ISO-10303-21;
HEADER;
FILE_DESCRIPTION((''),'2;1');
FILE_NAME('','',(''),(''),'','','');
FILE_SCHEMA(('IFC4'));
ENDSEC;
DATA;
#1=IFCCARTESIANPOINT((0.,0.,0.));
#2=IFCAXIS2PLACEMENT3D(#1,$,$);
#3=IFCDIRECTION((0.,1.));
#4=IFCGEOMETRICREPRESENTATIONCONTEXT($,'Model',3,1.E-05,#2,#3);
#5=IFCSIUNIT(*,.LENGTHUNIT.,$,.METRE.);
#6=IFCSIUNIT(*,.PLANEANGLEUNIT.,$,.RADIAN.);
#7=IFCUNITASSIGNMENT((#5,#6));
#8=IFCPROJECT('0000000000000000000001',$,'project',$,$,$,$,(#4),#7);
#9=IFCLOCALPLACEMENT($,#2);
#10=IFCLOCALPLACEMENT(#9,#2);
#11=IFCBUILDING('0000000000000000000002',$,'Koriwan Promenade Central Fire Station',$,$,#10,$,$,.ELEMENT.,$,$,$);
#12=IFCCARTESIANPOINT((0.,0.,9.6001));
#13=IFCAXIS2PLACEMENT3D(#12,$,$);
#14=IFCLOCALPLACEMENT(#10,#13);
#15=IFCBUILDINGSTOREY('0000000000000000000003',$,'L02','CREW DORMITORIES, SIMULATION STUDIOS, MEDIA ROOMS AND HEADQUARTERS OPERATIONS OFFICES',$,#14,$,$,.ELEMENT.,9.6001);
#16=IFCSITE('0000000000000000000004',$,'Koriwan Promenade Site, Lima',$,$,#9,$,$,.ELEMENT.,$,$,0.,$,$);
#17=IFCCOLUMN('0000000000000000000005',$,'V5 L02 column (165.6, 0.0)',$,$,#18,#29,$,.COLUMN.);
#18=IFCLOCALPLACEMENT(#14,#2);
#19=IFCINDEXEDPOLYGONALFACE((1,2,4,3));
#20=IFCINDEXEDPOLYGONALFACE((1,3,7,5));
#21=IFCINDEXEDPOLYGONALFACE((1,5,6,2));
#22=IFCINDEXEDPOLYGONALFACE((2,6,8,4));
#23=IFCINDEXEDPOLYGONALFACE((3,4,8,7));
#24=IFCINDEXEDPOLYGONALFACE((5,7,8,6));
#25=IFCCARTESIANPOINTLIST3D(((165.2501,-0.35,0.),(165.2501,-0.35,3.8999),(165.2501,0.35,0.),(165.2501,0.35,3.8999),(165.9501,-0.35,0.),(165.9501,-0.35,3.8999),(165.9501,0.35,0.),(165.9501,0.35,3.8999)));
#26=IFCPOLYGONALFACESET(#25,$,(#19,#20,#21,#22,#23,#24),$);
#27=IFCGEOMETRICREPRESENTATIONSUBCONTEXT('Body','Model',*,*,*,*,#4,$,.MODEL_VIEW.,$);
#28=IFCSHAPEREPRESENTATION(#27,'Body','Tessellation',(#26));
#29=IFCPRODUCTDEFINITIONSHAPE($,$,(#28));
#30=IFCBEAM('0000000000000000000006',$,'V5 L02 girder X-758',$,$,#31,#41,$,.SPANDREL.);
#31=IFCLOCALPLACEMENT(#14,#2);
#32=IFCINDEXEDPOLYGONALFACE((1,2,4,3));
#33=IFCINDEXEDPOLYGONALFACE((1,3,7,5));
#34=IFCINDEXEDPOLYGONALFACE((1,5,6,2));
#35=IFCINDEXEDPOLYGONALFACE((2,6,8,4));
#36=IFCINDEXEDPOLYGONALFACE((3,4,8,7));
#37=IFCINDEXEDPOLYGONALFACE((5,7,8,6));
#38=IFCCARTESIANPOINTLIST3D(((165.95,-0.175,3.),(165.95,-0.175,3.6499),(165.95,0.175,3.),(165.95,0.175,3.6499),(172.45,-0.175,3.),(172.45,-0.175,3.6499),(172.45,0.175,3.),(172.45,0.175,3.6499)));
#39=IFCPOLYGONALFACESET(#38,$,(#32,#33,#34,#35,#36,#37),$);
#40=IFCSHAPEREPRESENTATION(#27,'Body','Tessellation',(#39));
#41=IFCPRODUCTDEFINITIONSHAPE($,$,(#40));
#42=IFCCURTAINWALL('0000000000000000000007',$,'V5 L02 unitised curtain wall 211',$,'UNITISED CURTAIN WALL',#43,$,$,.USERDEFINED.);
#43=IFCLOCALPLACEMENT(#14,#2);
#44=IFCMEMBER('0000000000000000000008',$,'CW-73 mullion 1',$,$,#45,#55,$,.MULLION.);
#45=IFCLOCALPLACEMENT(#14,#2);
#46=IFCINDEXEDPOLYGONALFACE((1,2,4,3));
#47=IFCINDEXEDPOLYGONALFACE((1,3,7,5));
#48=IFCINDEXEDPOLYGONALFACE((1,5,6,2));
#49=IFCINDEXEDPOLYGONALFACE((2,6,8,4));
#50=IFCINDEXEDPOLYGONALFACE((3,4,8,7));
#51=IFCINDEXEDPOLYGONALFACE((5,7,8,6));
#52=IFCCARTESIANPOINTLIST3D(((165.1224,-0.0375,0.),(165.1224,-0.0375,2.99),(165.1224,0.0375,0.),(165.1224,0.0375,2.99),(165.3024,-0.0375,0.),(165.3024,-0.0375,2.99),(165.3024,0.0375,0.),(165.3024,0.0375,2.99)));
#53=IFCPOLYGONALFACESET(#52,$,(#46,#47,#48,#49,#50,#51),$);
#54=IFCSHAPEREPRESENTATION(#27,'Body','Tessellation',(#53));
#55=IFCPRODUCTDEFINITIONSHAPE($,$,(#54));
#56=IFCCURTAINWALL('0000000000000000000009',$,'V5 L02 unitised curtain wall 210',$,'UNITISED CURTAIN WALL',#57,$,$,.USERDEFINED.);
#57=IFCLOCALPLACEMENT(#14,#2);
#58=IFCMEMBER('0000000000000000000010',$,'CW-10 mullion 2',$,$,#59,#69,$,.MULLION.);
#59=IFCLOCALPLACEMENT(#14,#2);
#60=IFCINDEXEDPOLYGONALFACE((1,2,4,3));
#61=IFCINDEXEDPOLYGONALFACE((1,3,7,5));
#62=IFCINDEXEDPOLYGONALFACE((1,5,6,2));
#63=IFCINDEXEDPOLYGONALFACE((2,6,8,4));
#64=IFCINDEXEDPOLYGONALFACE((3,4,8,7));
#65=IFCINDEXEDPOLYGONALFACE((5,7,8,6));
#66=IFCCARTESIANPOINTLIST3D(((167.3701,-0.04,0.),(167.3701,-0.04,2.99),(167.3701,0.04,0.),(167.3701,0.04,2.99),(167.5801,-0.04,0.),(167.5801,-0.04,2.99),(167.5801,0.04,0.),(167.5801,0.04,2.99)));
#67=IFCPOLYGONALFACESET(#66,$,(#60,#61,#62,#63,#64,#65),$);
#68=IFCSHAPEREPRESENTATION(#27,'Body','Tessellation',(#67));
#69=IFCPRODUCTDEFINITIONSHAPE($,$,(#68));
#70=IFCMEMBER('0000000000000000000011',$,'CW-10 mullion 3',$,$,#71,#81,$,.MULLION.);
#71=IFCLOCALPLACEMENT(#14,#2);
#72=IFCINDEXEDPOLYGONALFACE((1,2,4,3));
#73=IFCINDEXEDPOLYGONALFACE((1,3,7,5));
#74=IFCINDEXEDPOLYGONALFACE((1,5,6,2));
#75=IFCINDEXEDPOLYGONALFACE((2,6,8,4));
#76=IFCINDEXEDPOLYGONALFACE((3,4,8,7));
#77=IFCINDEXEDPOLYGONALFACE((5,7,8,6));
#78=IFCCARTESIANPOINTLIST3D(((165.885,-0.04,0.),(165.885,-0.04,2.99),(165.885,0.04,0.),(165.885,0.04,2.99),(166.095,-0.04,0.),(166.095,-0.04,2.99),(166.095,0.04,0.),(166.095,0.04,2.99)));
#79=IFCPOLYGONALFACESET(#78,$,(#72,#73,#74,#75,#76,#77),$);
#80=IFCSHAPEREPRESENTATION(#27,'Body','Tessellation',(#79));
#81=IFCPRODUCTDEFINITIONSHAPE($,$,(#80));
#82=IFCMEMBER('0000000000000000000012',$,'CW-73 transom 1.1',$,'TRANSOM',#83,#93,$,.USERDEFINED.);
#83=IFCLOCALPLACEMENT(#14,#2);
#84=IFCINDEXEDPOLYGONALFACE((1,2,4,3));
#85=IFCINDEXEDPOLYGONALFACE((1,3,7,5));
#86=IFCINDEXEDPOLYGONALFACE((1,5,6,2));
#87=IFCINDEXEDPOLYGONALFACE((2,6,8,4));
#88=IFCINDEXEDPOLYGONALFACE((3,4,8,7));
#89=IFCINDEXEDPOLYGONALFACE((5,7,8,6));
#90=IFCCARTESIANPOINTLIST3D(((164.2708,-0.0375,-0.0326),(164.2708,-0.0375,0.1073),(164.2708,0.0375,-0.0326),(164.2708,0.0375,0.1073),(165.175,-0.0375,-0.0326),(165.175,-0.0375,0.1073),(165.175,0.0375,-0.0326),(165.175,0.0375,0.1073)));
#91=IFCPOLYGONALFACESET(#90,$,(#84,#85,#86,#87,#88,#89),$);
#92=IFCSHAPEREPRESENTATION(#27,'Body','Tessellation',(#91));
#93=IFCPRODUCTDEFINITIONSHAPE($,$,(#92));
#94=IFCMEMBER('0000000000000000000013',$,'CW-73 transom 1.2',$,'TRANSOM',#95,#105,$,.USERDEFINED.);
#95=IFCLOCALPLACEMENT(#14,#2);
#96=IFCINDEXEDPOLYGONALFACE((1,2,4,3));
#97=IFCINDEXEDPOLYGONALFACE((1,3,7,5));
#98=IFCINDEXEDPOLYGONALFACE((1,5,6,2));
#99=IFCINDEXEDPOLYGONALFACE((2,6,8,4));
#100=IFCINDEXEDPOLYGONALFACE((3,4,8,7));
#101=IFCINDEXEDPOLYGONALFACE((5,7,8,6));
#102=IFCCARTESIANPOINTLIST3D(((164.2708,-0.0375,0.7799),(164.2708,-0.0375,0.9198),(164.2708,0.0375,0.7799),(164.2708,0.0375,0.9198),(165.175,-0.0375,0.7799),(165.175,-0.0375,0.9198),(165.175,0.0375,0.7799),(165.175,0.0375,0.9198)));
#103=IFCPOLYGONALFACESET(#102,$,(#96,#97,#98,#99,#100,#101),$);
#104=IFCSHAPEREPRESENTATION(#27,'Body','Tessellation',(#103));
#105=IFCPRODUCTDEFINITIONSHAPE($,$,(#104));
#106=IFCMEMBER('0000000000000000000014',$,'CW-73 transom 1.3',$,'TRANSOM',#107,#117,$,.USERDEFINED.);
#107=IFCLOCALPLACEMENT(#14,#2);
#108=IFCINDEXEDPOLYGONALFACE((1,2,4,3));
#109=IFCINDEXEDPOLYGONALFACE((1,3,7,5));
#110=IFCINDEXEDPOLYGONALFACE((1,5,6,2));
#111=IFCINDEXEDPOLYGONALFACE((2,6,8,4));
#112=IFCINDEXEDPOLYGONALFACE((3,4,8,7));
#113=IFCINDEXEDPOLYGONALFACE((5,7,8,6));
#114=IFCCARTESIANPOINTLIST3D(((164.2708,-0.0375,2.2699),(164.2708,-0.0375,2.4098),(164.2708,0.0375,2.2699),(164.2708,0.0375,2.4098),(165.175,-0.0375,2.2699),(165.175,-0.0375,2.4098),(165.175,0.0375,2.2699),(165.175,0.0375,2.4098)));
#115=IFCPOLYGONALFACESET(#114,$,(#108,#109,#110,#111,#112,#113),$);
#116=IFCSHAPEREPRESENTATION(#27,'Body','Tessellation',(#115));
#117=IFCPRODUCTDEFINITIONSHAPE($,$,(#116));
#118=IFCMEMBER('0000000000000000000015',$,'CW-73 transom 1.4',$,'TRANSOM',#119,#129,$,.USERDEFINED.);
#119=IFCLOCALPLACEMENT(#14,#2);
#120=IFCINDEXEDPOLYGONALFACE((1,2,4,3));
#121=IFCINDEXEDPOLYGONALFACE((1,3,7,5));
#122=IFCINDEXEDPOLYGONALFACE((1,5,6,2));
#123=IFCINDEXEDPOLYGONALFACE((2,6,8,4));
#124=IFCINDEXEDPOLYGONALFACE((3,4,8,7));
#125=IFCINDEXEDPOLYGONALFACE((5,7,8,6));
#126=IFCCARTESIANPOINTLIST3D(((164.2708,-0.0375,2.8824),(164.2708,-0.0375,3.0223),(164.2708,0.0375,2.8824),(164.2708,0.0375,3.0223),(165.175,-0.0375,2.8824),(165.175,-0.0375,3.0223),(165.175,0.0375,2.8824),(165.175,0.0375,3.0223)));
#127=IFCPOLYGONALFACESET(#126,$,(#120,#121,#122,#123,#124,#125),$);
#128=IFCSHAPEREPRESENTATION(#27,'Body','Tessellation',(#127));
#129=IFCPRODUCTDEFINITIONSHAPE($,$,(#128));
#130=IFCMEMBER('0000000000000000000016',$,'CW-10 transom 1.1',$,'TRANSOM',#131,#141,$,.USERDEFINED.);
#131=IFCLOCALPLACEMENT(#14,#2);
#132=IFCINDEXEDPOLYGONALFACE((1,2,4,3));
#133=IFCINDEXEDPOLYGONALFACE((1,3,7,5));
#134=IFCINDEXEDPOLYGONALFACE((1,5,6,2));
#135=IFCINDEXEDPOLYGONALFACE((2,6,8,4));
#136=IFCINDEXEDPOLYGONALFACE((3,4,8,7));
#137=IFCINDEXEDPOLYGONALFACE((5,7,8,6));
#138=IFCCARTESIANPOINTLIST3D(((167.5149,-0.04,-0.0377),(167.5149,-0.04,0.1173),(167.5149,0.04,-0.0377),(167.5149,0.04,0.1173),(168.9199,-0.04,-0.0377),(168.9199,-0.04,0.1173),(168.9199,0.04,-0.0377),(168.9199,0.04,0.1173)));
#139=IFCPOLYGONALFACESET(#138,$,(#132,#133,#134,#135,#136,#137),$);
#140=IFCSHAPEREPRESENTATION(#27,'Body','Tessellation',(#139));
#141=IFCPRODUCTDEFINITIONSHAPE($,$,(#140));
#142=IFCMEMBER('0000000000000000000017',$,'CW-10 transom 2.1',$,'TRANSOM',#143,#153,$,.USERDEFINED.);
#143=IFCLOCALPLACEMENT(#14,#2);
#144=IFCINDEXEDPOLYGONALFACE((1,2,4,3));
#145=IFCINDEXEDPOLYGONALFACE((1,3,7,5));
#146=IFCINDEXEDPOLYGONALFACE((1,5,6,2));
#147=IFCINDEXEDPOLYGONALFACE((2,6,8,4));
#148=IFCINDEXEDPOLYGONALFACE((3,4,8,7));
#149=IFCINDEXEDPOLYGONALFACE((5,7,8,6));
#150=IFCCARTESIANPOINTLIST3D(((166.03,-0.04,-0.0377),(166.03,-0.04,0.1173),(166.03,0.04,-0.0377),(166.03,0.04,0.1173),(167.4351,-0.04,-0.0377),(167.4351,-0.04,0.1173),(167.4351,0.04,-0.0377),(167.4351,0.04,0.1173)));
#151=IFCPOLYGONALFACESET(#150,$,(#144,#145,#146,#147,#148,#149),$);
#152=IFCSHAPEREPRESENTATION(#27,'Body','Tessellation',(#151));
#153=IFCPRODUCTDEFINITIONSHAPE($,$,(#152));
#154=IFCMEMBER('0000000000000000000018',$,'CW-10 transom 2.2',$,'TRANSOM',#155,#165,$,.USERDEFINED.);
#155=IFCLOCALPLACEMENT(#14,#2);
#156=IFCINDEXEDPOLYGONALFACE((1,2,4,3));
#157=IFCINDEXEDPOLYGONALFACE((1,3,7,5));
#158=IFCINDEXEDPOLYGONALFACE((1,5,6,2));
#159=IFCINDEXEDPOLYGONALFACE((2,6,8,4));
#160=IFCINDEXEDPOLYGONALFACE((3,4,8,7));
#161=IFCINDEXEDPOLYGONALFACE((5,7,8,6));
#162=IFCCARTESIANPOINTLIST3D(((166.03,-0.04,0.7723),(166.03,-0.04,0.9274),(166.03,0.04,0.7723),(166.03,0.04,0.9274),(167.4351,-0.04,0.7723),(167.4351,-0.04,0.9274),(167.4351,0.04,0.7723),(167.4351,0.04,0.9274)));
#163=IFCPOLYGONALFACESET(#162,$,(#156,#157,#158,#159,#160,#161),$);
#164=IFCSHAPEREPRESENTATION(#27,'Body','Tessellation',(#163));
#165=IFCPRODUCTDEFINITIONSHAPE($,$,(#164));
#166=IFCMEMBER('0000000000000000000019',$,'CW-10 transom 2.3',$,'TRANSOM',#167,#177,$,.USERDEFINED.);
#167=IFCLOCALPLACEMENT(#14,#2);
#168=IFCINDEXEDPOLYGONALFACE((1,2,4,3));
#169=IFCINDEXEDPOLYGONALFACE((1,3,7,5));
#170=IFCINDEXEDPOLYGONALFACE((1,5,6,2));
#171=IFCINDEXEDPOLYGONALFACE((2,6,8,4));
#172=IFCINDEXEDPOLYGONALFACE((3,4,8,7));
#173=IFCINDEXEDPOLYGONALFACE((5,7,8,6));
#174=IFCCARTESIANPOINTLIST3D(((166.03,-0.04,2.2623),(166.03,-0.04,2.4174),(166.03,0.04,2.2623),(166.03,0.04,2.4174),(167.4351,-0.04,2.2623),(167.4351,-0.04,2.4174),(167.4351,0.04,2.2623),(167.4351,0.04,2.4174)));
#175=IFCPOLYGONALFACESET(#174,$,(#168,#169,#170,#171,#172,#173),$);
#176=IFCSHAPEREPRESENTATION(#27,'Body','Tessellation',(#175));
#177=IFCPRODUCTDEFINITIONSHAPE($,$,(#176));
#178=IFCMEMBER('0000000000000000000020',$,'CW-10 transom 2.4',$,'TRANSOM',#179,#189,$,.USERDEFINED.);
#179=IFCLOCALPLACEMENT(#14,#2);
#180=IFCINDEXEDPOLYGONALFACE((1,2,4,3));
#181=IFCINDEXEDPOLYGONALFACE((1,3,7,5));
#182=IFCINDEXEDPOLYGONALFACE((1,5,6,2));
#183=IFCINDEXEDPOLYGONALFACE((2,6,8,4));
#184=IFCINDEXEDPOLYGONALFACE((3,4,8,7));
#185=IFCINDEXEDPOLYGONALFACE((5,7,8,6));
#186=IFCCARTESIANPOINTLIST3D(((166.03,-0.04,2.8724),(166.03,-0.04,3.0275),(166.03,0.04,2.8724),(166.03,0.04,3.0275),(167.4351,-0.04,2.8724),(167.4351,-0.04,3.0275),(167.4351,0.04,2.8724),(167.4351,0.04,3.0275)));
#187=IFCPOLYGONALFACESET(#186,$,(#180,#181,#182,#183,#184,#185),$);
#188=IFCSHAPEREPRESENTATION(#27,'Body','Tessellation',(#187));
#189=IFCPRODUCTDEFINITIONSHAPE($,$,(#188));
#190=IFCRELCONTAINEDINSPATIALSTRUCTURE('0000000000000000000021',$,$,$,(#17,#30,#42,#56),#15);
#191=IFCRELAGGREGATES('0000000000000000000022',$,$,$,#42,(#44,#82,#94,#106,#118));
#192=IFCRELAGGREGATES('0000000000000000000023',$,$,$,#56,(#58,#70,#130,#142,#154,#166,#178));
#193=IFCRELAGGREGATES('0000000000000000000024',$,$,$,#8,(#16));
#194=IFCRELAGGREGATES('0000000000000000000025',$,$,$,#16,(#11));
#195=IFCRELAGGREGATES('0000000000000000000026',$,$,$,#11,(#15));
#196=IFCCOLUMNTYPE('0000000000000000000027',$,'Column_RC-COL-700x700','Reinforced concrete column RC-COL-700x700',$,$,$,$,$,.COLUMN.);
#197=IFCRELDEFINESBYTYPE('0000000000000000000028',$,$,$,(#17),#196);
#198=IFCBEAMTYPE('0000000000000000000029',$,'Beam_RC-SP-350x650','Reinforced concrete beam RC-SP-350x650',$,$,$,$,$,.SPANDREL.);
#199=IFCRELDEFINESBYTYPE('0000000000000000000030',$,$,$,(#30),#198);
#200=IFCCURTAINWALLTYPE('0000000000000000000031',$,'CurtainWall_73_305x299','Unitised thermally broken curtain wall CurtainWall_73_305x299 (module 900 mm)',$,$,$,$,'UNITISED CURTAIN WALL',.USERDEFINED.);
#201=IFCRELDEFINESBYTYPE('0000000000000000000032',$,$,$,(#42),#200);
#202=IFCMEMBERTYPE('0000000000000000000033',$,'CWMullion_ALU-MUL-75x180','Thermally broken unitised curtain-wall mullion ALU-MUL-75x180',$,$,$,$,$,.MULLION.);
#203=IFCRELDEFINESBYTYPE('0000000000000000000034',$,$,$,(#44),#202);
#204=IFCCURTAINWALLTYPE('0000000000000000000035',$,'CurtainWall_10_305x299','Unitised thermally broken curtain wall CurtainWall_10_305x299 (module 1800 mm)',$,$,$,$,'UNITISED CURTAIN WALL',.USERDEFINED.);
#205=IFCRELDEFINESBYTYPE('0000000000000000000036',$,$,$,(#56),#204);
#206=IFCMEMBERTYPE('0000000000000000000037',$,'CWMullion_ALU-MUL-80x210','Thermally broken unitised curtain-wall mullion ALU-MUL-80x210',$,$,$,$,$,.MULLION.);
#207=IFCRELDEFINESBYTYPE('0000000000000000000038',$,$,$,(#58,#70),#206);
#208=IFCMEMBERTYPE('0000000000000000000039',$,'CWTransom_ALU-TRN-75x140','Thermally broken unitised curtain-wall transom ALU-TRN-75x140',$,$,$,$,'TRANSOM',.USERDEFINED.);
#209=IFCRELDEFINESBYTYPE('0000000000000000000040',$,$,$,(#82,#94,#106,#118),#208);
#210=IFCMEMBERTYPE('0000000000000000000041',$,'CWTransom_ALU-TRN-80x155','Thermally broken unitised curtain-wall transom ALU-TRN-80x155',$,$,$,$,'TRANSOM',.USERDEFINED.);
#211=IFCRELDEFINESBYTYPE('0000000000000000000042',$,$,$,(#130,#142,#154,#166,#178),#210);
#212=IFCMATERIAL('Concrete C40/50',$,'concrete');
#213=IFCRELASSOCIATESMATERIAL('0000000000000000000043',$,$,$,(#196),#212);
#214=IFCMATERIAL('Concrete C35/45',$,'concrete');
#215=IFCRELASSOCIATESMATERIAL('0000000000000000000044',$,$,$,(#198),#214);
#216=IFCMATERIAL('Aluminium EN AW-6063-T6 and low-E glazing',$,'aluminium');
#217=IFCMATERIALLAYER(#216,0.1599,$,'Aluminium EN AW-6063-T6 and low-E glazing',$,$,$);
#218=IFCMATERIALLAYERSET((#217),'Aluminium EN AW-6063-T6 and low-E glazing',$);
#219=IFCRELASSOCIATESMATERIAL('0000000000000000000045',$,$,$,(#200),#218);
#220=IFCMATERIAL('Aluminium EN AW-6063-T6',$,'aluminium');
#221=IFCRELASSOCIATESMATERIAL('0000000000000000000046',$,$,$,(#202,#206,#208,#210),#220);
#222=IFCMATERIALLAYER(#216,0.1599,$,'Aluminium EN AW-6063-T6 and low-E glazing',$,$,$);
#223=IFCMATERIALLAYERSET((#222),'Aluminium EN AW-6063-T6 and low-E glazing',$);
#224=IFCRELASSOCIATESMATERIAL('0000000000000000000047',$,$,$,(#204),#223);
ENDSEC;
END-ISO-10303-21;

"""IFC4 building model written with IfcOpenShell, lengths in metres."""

from ifc_helpers import new_model, si_unit, direction, frame, origin, origin_2d, place, context, subcontext, project, spatial, rectangle, extrude, material, layer, layer_set, material_profile, profile_set, type_object, element, aggregate, save


model = new_model("IFC4")

# Units and contexts
model_context = context("Model", 3, precision=1e-05, world=origin(), true_north=direction((0.0, 1.0)))
body_context = subcontext(model_context, "Body", "Model", "MODEL_VIEW")
ifc_project = project(units=[si_unit("LENGTHUNIT", "METRE"), si_unit("PLANEANGLEUNIT", "RADIAN")], contexts=[model_context])

# Site, building, storey
site_placement = place(None, origin())
site = spatial("IfcSite", under=ifc_project, at=site_placement, Name="Koriwan Promenade Site, Lima", CompositionType="ELEMENT", RefElevation=0.0)
building_placement = place(site_placement, origin())
building = spatial("IfcBuilding", under=site, at=building_placement, Name="Koriwan Promenade Central Fire Station", CompositionType="ELEMENT")
storey_placement = place(building_placement, frame((0.0, 0.0, 9.6001)))
storey = spatial("IfcBuildingStorey", under=building, at=storey_placement, Name="L02", Description="CREW DORMITORIES, SIMULATION STUDIOS, MEDIA ROOMS AND HEADQUARTERS OPERATIONS OFFICES", CompositionType="ELEMENT", Elevation=9.6001)

# Column
ifc_material_1 = material(Name="Concrete C40/50", Category="concrete")
ifc_material_profile_1 = material_profile(ifc_material_1, rectangle(XDim=0.7, YDim=0.7, at=origin_2d()), Name="RC-COL-700x700")
ifc_profile_set_1 = profile_set([ifc_material_profile_1], Name="Concrete C40/50")
column_type = type_object("IfcColumnType", Name="Column_RC-COL-700x700", Description="Reinforced concrete column RC-COL-700x700", PredefinedType="COLUMN", material=ifc_profile_set_1)
column_placement = place(storey_placement, frame((165.6001, 0.0, 0.0), z_axis=(0.0, 0.0, 1.0), x_axis=(1.0, 0.0, 0.0)))
element("IfcColumn", 1, at=column_placement, inside=storey, type_object=column_type, Name="V5 L02 column (165.6, 0.0)", PredefinedType="COLUMN", context=body_context, shape_type="SweptSolid", body=[
    extrude(rectangle(XDim=0.7, YDim=0.7, at=origin_2d()), origin(), (0.0, 0.0, 1.0), 3.8999),
])

# Beam
ifc_material_2 = material(Name="Concrete C35/45", Category="concrete")
ifc_material_profile_2 = material_profile(ifc_material_2, rectangle(XDim=0.3501, YDim=0.6499, at=origin_2d()), Name="RC-SP-350x650")
ifc_profile_set_2 = profile_set([ifc_material_profile_2], Name="Concrete C35/45")
beam_type = type_object("IfcBeamType", Name="Beam_RC-SP-350x650", Description="Reinforced concrete beam RC-SP-350x650", PredefinedType="SPANDREL", material=ifc_profile_set_2)
beam_placement = place(storey_placement, frame((165.95, 0.0, 3.325), z_axis=(1.0, 0.0, 0.0), x_axis=(0.0, 1.0, 0.0)))
element("IfcBeam", 2, at=beam_placement, inside=storey, type_object=beam_type, Name="V5 L02 girder X-758", PredefinedType="SPANDREL", context=body_context, shape_type="SweptSolid", body=[
    extrude(rectangle(XDim=0.3501, YDim=0.6499, at=origin_2d()), origin(), (0.0, 0.0, 1.0), 6.5),
])

# Curtain wall, member
ifc_material_3 = material(Name="Aluminium EN AW-6063-T6 and low-E glazing", Category="aluminium")
ifc_layer_1 = layer(ifc_material_3, 0.1599, Name="Aluminium EN AW-6063-T6 and low-E glazing")
ifc_layer_set_1 = layer_set([ifc_layer_1], Name="Aluminium EN AW-6063-T6 and low-E glazing")
curtain_wall_type_1 = type_object("IfcCurtainWallType", Name="CurtainWall_73_305x299", Description="Unitised thermally broken curtain wall CurtainWall_73_305x299 (module 900 mm)", ElementType="UNITISED CURTAIN WALL", PredefinedType="USERDEFINED", material=ifc_layer_set_1)
curtain_wall_1_placement = place(storey_placement, origin())
curtain_wall_1 = element("IfcCurtainWall", 3, at=curtain_wall_1_placement, inside=storey, type_object=curtain_wall_type_1, Name="V5 L02 unitised curtain wall 211", ObjectType="UNITISED CURTAIN WALL", PredefinedType="USERDEFINED")
ifc_material_4 = material(Name="Aluminium EN AW-6063-T6", Category="aluminium")
ifc_material_profile_3 = material_profile(ifc_material_4, rectangle(XDim=0.075, YDim=0.1799, at=origin_2d()), Name="ALU-MUL-75x180")
ifc_profile_set_3 = profile_set([ifc_material_profile_3], Name="Aluminium EN AW-6063-T6")
member_type_1 = type_object("IfcMemberType", Name="CWMullion_ALU-MUL-75x180", Description="Thermally broken unitised curtain-wall mullion ALU-MUL-75x180", PredefinedType="MULLION", material=ifc_profile_set_3)
member_1_placement = place(storey_placement, frame((165.2124, 0.0, 0.0), z_axis=(0.0, 0.0, 1.0), x_axis=(0.0, -1.0, 0.0)))
member_1 = element("IfcMember", 4, at=member_1_placement, type_object=member_type_1, Name="CW-73 mullion 1", PredefinedType="MULLION", context=body_context, shape_type="SweptSolid", body=[
    extrude(rectangle(XDim=0.075, YDim=0.1799, at=origin_2d()), origin(), (0.0, 0.0, 1.0), 2.99),
])

# Curtain wall, members
ifc_layer_2 = layer(ifc_material_3, 0.1599, Name="Aluminium EN AW-6063-T6 and low-E glazing")
ifc_layer_set_2 = layer_set([ifc_layer_2], Name="Aluminium EN AW-6063-T6 and low-E glazing")
curtain_wall_type_2 = type_object("IfcCurtainWallType", Name="CurtainWall_10_305x299", Description="Unitised thermally broken curtain wall CurtainWall_10_305x299 (module 1800 mm)", ElementType="UNITISED CURTAIN WALL", PredefinedType="USERDEFINED", material=ifc_layer_set_2)
curtain_wall_2_placement = place(storey_placement, origin())
curtain_wall_2 = element("IfcCurtainWall", 5, at=curtain_wall_2_placement, inside=storey, type_object=curtain_wall_type_2, Name="V5 L02 unitised curtain wall 210", ObjectType="UNITISED CURTAIN WALL", PredefinedType="USERDEFINED")
ifc_material_profile_4 = material_profile(ifc_material_4, rectangle(XDim=0.0801, YDim=0.21, at=origin_2d()), Name="ALU-MUL-80x210")
ifc_profile_set_4 = profile_set([ifc_material_profile_4], Name="Aluminium EN AW-6063-T6")
member_type_2 = type_object("IfcMemberType", Name="CWMullion_ALU-MUL-80x210", Description="Thermally broken unitised curtain-wall mullion ALU-MUL-80x210", PredefinedType="MULLION", material=ifc_profile_set_4)
member_2_placement = place(storey_placement, frame((167.4751, 0.0, 0.0), z_axis=(0.0, 0.0, 1.0), x_axis=(0.0, -1.0, 0.0)))
member_2 = element("IfcMember", 6, at=member_2_placement, type_object=member_type_2, Name="CW-10 mullion 2", PredefinedType="MULLION", context=body_context, shape_type="SweptSolid", body=[
    extrude(rectangle(XDim=0.0801, YDim=0.21, at=origin_2d()), origin(), (0.0, 0.0, 1.0), 2.99),
])
member_3_placement = place(storey_placement, frame((165.99, 0.0, 0.0), z_axis=(0.0, 0.0, 1.0), x_axis=(0.0, -1.0, 0.0)))
member_3 = element("IfcMember", 7, at=member_3_placement, type_object=member_type_2, Name="CW-10 mullion 3", PredefinedType="MULLION", context=body_context, shape_type="SweptSolid", body=[
    extrude(rectangle(XDim=0.0801, YDim=0.21, at=origin_2d()), origin(), (0.0, 0.0, 1.0), 2.99),
])

# Members
ifc_material_profile_5 = material_profile(ifc_material_4, rectangle(XDim=0.075, YDim=0.1399, at=origin_2d()), Name="ALU-TRN-75x140")
ifc_profile_set_5 = profile_set([ifc_material_profile_5], Name="Aluminium EN AW-6063-T6")
member_type_3 = type_object("IfcMemberType", Name="CWTransom_ALU-TRN-75x140", Description="Thermally broken unitised curtain-wall transom ALU-TRN-75x140", ElementType="TRANSOM", PredefinedType="USERDEFINED", material=ifc_profile_set_5)
member_4_placement = place(storey_placement, frame((165.175, 0.0, 0.0374), z_axis=(-1.0, 0.0, 0.0), x_axis=(0.0, -1.0, 0.0)))
member_4 = element("IfcMember", 8, at=member_4_placement, type_object=member_type_3, Name="CW-73 transom 1.1", ObjectType="TRANSOM", PredefinedType="USERDEFINED", context=body_context, shape_type="SweptSolid", body=[
    extrude(rectangle(XDim=0.075, YDim=0.1399, at=origin_2d()), origin(), (0.0, 0.0, 1.0), 0.9043),
])
member_5_placement = place(storey_placement, frame((165.175, 0.0, 0.8499), z_axis=(-1.0, 0.0, 0.0), x_axis=(0.0, -1.0, 0.0)))
member_5 = element("IfcMember", 9, at=member_5_placement, type_object=member_type_3, Name="CW-73 transom 1.2", ObjectType="TRANSOM", PredefinedType="USERDEFINED", context=body_context, shape_type="SweptSolid", body=[
    extrude(rectangle(XDim=0.075, YDim=0.1399, at=origin_2d()), origin(), (0.0, 0.0, 1.0), 0.9043),
])
member_6_placement = place(storey_placement, frame((165.175, 0.0, 2.3398), z_axis=(-1.0, 0.0, 0.0), x_axis=(0.0, -1.0, 0.0)))
member_6 = element("IfcMember", 10, at=member_6_placement, type_object=member_type_3, Name="CW-73 transom 1.3", ObjectType="TRANSOM", PredefinedType="USERDEFINED", context=body_context, shape_type="SweptSolid", body=[
    extrude(rectangle(XDim=0.075, YDim=0.1399, at=origin_2d()), origin(), (0.0, 0.0, 1.0), 0.9043),
])
member_7_placement = place(storey_placement, frame((165.175, 0.0, 2.9524), z_axis=(-1.0, 0.0, 0.0), x_axis=(0.0, -1.0, 0.0)))
member_7 = element("IfcMember", 11, at=member_7_placement, type_object=member_type_3, Name="CW-73 transom 1.4", ObjectType="TRANSOM", PredefinedType="USERDEFINED", context=body_context, shape_type="SweptSolid", body=[
    extrude(rectangle(XDim=0.075, YDim=0.1399, at=origin_2d()), origin(), (0.0, 0.0, 1.0), 0.9043),
])
aggregate(curtain_wall_1, [member_1, member_4, member_5, member_6, member_7])
ifc_material_profile_6 = material_profile(ifc_material_4, rectangle(XDim=0.0801, YDim=0.155, at=origin_2d()), Name="ALU-TRN-80x155")
ifc_profile_set_6 = profile_set([ifc_material_profile_6], Name="Aluminium EN AW-6063-T6")
member_type_4 = type_object("IfcMemberType", Name="CWTransom_ALU-TRN-80x155", Description="Thermally broken unitised curtain-wall transom ALU-TRN-80x155", ElementType="TRANSOM", PredefinedType="USERDEFINED", material=ifc_profile_set_6)
member_8_placement = place(storey_placement, frame((168.9199, 0.0, 0.0398), z_axis=(-1.0, 0.0, 0.0), x_axis=(0.0, -1.0, 0.0)))
member_8 = element("IfcMember", 12, at=member_8_placement, type_object=member_type_4, Name="CW-10 transom 1.1", ObjectType="TRANSOM", PredefinedType="USERDEFINED", context=body_context, shape_type="SweptSolid", body=[
    extrude(rectangle(XDim=0.0801, YDim=0.155, at=origin_2d()), origin(), (0.0, 0.0, 1.0), 1.405),
])
member_9_placement = place(storey_placement, frame((167.4351, 0.0, 0.0398), z_axis=(-1.0, 0.0, 0.0), x_axis=(0.0, -1.0, 0.0)))
member_9 = element("IfcMember", 13, at=member_9_placement, type_object=member_type_4, Name="CW-10 transom 2.1", ObjectType="TRANSOM", PredefinedType="USERDEFINED", context=body_context, shape_type="SweptSolid", body=[
    extrude(rectangle(XDim=0.0801, YDim=0.155, at=origin_2d()), origin(), (0.0, 0.0, 1.0), 1.405),
])
member_10_placement = place(storey_placement, frame((167.4351, 0.0, 0.8499), z_axis=(-1.0, 0.0, 0.0), x_axis=(0.0, -1.0, 0.0)))
member_10 = element("IfcMember", 14, at=member_10_placement, type_object=member_type_4, Name="CW-10 transom 2.2", ObjectType="TRANSOM", PredefinedType="USERDEFINED", context=body_context, shape_type="SweptSolid", body=[
    extrude(rectangle(XDim=0.0801, YDim=0.155, at=origin_2d()), origin(), (0.0, 0.0, 1.0), 1.405),
])
member_11_placement = place(storey_placement, frame((167.4351, 0.0, 2.3398), z_axis=(-1.0, 0.0, 0.0), x_axis=(0.0, -1.0, 0.0)))
member_11 = element("IfcMember", 15, at=member_11_placement, type_object=member_type_4, Name="CW-10 transom 2.3", ObjectType="TRANSOM", PredefinedType="USERDEFINED", context=body_context, shape_type="SweptSolid", body=[
    extrude(rectangle(XDim=0.0801, YDim=0.155, at=origin_2d()), origin(), (0.0, 0.0, 1.0), 1.405),
])
member_12_placement = place(storey_placement, frame((167.4351, 0.0, 2.95), z_axis=(-1.0, 0.0, 0.0), x_axis=(0.0, -1.0, 0.0)))
member_12 = element("IfcMember", 16, at=member_12_placement, type_object=member_type_4, Name="CW-10 transom 2.4", ObjectType="TRANSOM", PredefinedType="USERDEFINED", context=body_context, shape_type="SweptSolid", body=[
    extrude(rectangle(XDim=0.0801, YDim=0.155, at=origin_2d()), origin(), (0.0, 0.0, 1.0), 1.405),
])

aggregate(curtain_wall_2, [member_2, member_3, member_8, member_9, member_10, member_11, member_12])

save(model, "model.ifc")
